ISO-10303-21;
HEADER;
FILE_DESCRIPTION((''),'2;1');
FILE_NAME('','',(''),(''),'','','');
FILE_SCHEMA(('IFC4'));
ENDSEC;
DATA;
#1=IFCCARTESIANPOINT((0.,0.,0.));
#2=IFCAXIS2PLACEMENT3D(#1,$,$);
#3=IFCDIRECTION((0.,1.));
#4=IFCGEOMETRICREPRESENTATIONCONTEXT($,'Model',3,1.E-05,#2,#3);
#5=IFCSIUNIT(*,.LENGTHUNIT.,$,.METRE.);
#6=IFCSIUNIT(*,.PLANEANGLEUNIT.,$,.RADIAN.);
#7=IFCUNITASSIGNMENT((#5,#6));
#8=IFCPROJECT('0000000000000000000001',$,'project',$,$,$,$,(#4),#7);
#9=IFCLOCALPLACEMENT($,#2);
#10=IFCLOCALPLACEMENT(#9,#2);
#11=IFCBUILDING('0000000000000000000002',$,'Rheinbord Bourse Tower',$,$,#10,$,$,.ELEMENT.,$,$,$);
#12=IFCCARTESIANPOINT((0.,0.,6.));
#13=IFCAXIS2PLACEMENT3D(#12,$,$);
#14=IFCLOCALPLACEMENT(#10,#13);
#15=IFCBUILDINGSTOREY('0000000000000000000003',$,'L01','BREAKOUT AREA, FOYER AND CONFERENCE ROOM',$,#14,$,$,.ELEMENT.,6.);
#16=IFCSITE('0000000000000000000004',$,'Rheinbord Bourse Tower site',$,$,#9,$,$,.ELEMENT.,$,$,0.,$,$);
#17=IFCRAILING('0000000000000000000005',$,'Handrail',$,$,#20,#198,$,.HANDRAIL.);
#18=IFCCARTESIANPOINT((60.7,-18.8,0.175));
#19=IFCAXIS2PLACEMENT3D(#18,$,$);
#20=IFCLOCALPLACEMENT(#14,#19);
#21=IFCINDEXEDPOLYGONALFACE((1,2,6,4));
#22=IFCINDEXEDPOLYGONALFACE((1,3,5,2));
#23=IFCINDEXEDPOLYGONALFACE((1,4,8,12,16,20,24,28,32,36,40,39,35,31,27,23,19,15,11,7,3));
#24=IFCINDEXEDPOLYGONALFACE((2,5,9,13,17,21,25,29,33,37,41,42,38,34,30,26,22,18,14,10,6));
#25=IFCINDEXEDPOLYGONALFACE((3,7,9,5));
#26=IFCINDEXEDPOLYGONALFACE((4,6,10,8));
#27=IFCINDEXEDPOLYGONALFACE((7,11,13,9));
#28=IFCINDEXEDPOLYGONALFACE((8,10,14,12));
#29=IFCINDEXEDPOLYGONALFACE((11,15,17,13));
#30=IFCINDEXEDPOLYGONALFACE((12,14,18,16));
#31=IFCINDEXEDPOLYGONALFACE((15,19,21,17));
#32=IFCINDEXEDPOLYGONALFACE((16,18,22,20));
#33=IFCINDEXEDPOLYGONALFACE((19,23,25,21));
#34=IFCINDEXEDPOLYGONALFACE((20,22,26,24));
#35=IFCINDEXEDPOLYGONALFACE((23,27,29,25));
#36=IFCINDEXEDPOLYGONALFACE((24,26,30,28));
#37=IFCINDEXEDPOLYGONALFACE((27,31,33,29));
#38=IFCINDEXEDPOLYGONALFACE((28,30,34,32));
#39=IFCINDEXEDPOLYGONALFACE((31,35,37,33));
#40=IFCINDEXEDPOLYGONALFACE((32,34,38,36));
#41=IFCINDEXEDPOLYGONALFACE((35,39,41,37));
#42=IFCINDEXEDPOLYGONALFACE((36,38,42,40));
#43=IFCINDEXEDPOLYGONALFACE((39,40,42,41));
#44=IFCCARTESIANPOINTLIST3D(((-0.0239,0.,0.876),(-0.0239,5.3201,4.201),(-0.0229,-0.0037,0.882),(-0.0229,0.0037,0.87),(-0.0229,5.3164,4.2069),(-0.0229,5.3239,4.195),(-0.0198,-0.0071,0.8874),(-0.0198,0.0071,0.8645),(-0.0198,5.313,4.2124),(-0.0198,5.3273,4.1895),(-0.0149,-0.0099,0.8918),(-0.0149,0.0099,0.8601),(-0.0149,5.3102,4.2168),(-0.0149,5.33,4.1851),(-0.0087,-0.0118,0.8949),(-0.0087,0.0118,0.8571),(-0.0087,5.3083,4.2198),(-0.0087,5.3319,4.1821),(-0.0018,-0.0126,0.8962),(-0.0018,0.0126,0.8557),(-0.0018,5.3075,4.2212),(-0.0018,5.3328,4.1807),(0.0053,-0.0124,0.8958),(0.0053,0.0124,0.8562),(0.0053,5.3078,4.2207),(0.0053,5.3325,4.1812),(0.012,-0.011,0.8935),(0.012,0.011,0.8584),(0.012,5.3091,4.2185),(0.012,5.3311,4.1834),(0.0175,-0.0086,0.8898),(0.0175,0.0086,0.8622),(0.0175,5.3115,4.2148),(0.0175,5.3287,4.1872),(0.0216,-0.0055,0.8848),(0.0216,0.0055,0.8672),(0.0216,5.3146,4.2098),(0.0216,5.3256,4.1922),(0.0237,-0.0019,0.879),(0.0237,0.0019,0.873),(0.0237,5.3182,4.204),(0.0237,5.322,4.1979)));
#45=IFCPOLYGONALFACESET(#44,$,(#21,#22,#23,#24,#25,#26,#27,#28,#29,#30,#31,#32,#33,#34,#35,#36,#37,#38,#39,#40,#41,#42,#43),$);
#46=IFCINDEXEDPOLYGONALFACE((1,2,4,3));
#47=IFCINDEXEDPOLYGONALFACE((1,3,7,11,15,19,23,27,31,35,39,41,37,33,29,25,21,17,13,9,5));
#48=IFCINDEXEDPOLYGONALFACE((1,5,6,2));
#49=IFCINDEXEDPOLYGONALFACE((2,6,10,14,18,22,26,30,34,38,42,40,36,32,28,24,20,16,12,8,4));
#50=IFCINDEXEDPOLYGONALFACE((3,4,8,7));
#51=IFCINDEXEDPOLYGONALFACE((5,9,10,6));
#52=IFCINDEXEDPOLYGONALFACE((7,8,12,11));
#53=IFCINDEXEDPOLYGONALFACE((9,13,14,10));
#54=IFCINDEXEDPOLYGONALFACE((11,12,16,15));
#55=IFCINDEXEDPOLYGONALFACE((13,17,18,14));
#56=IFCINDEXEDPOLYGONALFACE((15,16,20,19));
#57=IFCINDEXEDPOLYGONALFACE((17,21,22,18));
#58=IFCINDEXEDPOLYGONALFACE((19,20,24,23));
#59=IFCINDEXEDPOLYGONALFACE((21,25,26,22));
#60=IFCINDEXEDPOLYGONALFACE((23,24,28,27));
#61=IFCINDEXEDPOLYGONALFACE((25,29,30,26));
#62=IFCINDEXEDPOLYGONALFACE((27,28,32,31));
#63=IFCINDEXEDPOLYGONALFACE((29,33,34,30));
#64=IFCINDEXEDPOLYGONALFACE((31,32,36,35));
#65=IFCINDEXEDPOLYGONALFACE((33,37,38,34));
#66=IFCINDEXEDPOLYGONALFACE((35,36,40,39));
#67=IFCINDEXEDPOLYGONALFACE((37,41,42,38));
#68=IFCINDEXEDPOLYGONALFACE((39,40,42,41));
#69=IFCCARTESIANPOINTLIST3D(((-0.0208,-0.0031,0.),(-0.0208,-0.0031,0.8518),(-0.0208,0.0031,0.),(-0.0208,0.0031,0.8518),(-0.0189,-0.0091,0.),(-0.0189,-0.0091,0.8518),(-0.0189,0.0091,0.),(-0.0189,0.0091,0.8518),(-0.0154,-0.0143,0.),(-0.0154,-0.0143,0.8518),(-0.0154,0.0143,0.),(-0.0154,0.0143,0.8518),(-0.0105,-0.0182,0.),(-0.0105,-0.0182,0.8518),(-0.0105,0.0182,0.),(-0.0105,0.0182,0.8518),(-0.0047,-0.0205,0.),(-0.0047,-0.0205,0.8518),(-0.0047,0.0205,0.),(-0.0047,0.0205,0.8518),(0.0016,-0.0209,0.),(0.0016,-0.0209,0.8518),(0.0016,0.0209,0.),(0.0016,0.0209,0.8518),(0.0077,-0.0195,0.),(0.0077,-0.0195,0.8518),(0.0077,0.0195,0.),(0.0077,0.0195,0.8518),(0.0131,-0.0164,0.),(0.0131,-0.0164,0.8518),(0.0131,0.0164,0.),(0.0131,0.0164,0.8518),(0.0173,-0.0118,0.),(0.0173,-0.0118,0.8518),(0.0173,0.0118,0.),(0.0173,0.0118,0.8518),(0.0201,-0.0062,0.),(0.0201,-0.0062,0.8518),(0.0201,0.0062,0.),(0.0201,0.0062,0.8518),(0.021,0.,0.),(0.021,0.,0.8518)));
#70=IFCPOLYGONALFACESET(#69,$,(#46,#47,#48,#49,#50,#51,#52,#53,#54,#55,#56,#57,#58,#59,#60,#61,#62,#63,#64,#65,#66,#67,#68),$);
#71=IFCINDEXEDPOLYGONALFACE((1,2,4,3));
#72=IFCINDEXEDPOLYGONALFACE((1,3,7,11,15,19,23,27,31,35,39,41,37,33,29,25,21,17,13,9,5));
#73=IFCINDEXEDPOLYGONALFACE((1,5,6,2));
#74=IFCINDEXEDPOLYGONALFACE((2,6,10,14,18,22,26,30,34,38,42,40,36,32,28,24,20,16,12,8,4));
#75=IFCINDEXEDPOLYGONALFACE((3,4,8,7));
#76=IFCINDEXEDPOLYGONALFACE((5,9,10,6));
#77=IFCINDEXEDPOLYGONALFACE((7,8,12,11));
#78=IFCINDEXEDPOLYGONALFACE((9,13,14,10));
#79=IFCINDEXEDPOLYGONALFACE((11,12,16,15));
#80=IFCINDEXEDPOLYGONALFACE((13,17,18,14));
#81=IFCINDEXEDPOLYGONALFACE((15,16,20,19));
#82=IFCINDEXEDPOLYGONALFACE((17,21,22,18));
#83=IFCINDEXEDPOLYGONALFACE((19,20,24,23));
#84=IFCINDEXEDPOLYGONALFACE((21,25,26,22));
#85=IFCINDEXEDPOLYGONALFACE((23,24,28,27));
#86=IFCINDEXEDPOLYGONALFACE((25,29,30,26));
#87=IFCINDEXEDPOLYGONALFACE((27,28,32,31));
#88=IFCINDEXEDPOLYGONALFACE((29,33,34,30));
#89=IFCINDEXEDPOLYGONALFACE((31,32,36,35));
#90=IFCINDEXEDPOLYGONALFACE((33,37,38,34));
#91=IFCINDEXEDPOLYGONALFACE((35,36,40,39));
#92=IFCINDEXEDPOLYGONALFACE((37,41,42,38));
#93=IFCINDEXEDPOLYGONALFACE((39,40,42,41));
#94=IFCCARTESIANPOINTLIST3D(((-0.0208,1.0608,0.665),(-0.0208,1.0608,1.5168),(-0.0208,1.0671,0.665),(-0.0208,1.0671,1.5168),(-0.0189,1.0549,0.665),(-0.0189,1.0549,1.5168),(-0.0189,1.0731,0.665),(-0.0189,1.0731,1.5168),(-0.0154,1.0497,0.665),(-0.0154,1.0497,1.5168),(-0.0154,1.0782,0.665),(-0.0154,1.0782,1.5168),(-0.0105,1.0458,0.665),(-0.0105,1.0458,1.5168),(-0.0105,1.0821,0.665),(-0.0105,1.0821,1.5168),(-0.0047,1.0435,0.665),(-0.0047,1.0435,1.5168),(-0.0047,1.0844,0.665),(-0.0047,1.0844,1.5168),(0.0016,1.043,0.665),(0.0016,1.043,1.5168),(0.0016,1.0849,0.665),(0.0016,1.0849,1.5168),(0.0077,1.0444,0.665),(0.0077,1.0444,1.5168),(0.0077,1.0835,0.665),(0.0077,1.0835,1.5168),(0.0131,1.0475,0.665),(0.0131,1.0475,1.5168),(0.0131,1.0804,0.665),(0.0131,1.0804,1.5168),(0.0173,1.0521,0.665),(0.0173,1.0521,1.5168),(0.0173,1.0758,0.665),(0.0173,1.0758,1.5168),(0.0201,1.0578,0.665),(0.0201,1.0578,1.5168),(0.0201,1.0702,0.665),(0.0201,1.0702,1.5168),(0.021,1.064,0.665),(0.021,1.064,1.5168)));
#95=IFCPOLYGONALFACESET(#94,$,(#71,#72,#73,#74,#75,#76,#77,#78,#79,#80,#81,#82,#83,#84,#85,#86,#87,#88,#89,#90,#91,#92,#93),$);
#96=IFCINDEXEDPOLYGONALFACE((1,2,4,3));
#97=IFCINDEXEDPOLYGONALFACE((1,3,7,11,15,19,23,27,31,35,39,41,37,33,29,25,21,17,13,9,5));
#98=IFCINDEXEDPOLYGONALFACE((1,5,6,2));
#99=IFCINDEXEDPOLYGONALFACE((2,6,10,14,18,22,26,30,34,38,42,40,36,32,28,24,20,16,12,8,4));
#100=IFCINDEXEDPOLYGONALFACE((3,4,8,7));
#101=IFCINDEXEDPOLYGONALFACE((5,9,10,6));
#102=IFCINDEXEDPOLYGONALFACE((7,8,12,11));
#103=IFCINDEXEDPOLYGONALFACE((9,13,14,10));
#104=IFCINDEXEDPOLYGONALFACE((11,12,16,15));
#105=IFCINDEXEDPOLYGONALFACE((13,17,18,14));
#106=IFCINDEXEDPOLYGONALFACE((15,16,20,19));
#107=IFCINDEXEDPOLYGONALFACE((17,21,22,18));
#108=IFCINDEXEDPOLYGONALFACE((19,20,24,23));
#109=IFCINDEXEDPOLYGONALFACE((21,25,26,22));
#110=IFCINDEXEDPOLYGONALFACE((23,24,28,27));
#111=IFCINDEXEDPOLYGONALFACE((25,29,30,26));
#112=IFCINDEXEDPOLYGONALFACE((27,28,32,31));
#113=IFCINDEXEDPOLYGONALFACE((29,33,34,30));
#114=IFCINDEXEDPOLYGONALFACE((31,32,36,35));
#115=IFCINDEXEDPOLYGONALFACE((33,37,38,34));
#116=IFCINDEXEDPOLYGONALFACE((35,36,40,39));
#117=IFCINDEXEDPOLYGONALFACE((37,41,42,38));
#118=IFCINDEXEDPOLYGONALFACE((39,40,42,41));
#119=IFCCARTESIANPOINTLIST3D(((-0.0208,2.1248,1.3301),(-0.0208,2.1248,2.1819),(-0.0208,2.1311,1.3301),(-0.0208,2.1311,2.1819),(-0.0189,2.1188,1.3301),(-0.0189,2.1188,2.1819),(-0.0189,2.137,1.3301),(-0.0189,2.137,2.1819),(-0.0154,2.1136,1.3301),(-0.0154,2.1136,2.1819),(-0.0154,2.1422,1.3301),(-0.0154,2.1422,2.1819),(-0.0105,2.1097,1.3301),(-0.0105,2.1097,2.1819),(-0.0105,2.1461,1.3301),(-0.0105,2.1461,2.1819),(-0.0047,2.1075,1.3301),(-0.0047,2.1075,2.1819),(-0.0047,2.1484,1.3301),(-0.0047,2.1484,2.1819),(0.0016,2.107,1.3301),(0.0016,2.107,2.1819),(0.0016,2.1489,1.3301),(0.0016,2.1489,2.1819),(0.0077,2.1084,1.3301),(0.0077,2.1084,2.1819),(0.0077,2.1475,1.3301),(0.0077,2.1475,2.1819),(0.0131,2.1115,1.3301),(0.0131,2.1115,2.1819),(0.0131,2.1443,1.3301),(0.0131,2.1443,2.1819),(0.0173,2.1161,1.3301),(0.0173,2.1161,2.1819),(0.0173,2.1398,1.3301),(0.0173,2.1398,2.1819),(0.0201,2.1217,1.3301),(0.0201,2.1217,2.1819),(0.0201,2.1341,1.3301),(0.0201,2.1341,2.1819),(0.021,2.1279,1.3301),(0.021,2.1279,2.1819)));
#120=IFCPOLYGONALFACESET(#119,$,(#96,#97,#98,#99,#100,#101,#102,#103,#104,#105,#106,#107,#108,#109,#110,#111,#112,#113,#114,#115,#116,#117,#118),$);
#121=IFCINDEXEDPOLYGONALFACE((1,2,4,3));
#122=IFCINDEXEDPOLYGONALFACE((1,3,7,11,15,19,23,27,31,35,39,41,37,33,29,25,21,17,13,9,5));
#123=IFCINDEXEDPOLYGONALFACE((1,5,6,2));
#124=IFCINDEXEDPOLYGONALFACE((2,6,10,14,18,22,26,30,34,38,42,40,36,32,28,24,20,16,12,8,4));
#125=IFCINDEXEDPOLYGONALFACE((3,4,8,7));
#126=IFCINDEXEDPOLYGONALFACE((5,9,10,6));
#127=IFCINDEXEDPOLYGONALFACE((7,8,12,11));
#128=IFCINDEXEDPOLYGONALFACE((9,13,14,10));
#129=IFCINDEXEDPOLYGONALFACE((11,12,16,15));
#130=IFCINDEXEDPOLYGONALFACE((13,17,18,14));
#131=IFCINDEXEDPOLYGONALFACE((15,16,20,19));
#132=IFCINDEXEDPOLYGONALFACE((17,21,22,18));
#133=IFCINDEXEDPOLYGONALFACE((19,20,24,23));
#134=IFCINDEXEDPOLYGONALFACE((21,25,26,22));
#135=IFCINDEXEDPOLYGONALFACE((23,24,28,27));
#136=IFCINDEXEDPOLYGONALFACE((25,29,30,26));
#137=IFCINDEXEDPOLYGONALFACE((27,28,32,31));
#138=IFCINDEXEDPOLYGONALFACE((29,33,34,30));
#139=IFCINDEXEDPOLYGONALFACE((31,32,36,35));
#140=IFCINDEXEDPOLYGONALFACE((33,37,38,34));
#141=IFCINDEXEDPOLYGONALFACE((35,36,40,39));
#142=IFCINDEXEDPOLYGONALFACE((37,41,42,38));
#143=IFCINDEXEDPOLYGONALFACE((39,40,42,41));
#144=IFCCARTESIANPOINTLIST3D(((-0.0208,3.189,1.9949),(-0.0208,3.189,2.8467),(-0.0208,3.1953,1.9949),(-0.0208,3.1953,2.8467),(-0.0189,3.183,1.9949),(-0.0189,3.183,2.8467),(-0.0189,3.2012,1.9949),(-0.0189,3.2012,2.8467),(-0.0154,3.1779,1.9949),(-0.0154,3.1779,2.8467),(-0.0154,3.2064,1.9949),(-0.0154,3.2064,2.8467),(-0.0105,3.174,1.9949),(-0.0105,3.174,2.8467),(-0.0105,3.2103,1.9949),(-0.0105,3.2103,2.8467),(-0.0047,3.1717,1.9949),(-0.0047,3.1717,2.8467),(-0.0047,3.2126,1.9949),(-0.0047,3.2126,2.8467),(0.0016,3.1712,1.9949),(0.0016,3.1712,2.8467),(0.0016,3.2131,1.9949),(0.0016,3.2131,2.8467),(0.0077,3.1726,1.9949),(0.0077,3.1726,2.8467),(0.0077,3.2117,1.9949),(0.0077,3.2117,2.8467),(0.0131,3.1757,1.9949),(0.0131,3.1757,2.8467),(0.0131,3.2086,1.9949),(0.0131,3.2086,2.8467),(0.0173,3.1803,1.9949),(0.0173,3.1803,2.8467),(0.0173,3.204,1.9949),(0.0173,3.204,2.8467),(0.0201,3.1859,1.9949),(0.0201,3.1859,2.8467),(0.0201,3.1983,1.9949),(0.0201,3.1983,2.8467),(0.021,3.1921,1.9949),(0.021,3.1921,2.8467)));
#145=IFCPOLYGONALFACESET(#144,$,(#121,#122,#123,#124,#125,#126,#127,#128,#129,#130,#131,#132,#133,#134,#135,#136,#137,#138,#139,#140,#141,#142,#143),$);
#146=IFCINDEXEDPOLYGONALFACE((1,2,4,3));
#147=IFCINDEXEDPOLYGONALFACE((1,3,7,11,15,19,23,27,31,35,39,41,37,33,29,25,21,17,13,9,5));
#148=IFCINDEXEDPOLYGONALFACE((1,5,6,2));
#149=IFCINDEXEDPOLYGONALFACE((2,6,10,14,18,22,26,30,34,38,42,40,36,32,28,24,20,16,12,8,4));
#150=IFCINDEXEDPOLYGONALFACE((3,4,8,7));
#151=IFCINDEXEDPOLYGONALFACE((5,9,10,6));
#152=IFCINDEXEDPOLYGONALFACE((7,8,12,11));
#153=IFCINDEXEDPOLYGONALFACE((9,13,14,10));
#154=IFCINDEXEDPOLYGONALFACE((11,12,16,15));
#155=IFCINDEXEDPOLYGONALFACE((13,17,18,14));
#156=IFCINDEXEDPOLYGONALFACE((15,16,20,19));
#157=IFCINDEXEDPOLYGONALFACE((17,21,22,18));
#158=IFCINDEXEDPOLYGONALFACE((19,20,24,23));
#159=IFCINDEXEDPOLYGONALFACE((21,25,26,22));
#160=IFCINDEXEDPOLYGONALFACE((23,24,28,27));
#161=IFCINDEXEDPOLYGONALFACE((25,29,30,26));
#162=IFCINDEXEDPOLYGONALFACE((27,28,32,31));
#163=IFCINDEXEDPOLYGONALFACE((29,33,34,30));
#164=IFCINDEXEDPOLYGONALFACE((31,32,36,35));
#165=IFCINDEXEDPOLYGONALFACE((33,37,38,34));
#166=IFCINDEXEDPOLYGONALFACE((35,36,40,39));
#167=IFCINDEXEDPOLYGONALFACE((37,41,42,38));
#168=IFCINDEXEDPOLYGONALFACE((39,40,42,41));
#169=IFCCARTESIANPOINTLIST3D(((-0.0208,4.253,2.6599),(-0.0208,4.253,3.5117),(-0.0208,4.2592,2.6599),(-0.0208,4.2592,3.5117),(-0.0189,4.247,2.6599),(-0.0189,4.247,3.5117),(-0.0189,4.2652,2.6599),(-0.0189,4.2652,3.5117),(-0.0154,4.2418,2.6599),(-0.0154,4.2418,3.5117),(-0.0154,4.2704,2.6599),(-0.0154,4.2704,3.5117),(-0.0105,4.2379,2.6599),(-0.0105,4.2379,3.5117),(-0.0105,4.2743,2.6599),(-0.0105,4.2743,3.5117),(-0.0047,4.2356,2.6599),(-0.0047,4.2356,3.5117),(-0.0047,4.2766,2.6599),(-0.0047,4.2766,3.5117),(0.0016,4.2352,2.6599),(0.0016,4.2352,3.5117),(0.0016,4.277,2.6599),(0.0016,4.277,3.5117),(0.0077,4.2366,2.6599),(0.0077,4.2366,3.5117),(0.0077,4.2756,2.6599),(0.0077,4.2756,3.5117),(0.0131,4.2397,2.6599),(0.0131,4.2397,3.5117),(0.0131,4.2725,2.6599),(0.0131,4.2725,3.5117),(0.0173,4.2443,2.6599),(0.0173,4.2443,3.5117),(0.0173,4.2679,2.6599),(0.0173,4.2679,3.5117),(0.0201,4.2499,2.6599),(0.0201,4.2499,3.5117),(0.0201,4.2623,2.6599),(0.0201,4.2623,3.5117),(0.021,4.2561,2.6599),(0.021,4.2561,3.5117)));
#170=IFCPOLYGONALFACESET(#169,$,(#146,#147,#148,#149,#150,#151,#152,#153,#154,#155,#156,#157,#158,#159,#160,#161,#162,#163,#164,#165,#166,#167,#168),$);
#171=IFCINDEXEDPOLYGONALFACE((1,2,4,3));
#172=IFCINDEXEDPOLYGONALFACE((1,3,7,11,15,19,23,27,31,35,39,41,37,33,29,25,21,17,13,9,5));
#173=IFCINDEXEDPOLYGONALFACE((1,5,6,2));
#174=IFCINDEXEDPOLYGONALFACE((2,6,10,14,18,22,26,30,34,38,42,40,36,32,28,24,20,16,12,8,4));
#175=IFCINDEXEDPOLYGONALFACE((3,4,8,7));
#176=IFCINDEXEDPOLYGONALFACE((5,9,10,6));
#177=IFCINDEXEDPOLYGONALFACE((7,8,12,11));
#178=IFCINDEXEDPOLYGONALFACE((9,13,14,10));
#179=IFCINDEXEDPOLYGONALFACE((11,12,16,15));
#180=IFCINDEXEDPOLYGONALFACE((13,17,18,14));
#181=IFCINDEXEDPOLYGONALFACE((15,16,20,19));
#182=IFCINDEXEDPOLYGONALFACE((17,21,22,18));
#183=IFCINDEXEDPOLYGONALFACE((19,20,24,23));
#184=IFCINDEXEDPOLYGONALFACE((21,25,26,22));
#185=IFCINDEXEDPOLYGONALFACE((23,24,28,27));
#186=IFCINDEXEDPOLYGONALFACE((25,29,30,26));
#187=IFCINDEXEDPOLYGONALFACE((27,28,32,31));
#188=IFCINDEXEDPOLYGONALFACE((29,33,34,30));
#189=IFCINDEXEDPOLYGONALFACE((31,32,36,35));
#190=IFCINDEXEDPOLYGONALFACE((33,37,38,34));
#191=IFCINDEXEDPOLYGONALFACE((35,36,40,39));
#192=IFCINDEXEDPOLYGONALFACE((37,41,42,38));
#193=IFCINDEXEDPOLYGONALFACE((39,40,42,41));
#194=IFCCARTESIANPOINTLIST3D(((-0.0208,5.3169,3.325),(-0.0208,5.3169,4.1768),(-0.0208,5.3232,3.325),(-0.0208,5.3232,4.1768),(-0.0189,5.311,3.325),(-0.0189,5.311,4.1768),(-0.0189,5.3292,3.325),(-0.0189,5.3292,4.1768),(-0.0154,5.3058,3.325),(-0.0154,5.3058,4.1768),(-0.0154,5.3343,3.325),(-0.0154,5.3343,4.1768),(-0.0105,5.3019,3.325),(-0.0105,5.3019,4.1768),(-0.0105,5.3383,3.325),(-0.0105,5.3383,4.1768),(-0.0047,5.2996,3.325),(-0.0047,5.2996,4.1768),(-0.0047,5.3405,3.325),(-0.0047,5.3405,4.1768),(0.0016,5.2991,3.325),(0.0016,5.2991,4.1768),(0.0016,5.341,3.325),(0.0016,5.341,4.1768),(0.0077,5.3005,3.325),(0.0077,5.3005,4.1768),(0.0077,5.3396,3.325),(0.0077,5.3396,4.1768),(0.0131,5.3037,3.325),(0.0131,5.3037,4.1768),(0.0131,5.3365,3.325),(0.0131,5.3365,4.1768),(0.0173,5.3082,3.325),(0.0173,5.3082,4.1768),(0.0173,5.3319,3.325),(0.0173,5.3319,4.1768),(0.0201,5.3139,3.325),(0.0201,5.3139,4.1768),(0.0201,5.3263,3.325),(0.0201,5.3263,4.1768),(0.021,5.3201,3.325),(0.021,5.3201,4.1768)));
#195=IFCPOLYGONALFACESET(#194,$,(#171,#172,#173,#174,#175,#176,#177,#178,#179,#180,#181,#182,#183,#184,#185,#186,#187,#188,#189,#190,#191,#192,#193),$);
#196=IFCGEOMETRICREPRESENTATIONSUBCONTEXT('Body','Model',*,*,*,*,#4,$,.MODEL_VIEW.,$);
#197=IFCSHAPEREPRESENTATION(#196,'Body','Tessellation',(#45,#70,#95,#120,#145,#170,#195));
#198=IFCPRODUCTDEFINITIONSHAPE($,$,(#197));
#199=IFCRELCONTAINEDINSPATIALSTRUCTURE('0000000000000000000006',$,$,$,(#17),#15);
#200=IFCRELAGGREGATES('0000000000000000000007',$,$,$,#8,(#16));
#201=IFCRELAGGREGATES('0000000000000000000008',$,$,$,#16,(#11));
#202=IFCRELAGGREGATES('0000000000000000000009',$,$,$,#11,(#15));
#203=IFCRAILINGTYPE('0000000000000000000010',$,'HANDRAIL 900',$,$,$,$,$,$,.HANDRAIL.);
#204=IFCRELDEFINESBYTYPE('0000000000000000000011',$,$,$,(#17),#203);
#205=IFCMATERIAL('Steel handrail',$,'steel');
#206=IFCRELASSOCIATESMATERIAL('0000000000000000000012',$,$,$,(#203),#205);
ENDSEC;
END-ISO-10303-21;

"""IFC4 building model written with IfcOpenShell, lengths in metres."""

from ifc_helpers import new_model, si_unit, direction, frame, origin, origin_2d, place, context, subcontext, project, spatial, circle, extrude, material, type_object, element, save


model = new_model("IFC4")

# Units and contexts
model_context = context("Model", 3, precision=1e-05, world=origin(), true_north=direction((0.0, 1.0)))
body_context = subcontext(model_context, "Body", "Model", "MODEL_VIEW")
ifc_project = project(units=[si_unit("LENGTHUNIT", "METRE"), si_unit("PLANEANGLEUNIT", "RADIAN")], contexts=[model_context])

# Site, building, storey
site_placement = place(None, origin())
site = spatial("IfcSite", under=ifc_project, at=site_placement, Name="Rheinbord Bourse Tower site", CompositionType="ELEMENT", RefElevation=0.0)
building_placement = place(site_placement, origin())
building = spatial("IfcBuilding", under=site, at=building_placement, Name="Rheinbord Bourse Tower", CompositionType="ELEMENT")
storey_placement = place(building_placement, frame((0.0, 0.0, 6.0)))
storey = spatial("IfcBuildingStorey", under=building, at=storey_placement, Name="L01", Description="BREAKOUT AREA, FOYER AND CONFERENCE ROOM", CompositionType="ELEMENT", Elevation=6.0)

# Railing
ifc_material_1 = material(Name="Steel handrail", Category="steel")
railing_type = type_object("IfcRailingType", Name="HANDRAIL 900", PredefinedType="HANDRAIL", material=ifc_material_1)
railing_1_placement = place(storey_placement, frame((60.7, -18.8, 0.175)))
element("IfcRailing", 1, at=railing_1_placement, inside=storey, type_object=railing_type, Name="Handrail", PredefinedType="HANDRAIL", context=body_context, shape_type="SweptSolid", body=[
    extrude(circle(Radius=0.0239, at=origin_2d()), frame((0.0, 0.0, 0.876), z_axis=(0.0, 0.848005, 0.529988), x_axis=(-1.0, 0.0, 0.0)), (0.0, 0.0, 1.0), 6.2737),
    extrude(circle(Radius=0.021, at=origin_2d()), origin(), (0.0, 0.0, 1.0), 0.8518),
    extrude(circle(Radius=0.021, at=origin_2d()), frame((0.0, 1.064, 0.665)), (0.0, 0.0, 1.0), 0.8518),
    extrude(circle(Radius=0.021, at=origin_2d()), frame((0.0, 2.1279, 1.3301)), (0.0, 0.0, 1.0), 0.8518),
    extrude(circle(Radius=0.021, at=origin_2d()), frame((0.0, 3.1921, 1.9949)), (0.0, 0.0, 1.0), 0.8518),
    extrude(circle(Radius=0.021, at=origin_2d()), frame((0.0, 4.2561, 2.6599)), (0.0, 0.0, 1.0), 0.8518),
    extrude(circle(Radius=0.021, at=origin_2d()), frame((0.0, 5.3201, 3.325)), (0.0, 0.0, 1.0), 0.8518),
])

save(model, "model.ifc")
